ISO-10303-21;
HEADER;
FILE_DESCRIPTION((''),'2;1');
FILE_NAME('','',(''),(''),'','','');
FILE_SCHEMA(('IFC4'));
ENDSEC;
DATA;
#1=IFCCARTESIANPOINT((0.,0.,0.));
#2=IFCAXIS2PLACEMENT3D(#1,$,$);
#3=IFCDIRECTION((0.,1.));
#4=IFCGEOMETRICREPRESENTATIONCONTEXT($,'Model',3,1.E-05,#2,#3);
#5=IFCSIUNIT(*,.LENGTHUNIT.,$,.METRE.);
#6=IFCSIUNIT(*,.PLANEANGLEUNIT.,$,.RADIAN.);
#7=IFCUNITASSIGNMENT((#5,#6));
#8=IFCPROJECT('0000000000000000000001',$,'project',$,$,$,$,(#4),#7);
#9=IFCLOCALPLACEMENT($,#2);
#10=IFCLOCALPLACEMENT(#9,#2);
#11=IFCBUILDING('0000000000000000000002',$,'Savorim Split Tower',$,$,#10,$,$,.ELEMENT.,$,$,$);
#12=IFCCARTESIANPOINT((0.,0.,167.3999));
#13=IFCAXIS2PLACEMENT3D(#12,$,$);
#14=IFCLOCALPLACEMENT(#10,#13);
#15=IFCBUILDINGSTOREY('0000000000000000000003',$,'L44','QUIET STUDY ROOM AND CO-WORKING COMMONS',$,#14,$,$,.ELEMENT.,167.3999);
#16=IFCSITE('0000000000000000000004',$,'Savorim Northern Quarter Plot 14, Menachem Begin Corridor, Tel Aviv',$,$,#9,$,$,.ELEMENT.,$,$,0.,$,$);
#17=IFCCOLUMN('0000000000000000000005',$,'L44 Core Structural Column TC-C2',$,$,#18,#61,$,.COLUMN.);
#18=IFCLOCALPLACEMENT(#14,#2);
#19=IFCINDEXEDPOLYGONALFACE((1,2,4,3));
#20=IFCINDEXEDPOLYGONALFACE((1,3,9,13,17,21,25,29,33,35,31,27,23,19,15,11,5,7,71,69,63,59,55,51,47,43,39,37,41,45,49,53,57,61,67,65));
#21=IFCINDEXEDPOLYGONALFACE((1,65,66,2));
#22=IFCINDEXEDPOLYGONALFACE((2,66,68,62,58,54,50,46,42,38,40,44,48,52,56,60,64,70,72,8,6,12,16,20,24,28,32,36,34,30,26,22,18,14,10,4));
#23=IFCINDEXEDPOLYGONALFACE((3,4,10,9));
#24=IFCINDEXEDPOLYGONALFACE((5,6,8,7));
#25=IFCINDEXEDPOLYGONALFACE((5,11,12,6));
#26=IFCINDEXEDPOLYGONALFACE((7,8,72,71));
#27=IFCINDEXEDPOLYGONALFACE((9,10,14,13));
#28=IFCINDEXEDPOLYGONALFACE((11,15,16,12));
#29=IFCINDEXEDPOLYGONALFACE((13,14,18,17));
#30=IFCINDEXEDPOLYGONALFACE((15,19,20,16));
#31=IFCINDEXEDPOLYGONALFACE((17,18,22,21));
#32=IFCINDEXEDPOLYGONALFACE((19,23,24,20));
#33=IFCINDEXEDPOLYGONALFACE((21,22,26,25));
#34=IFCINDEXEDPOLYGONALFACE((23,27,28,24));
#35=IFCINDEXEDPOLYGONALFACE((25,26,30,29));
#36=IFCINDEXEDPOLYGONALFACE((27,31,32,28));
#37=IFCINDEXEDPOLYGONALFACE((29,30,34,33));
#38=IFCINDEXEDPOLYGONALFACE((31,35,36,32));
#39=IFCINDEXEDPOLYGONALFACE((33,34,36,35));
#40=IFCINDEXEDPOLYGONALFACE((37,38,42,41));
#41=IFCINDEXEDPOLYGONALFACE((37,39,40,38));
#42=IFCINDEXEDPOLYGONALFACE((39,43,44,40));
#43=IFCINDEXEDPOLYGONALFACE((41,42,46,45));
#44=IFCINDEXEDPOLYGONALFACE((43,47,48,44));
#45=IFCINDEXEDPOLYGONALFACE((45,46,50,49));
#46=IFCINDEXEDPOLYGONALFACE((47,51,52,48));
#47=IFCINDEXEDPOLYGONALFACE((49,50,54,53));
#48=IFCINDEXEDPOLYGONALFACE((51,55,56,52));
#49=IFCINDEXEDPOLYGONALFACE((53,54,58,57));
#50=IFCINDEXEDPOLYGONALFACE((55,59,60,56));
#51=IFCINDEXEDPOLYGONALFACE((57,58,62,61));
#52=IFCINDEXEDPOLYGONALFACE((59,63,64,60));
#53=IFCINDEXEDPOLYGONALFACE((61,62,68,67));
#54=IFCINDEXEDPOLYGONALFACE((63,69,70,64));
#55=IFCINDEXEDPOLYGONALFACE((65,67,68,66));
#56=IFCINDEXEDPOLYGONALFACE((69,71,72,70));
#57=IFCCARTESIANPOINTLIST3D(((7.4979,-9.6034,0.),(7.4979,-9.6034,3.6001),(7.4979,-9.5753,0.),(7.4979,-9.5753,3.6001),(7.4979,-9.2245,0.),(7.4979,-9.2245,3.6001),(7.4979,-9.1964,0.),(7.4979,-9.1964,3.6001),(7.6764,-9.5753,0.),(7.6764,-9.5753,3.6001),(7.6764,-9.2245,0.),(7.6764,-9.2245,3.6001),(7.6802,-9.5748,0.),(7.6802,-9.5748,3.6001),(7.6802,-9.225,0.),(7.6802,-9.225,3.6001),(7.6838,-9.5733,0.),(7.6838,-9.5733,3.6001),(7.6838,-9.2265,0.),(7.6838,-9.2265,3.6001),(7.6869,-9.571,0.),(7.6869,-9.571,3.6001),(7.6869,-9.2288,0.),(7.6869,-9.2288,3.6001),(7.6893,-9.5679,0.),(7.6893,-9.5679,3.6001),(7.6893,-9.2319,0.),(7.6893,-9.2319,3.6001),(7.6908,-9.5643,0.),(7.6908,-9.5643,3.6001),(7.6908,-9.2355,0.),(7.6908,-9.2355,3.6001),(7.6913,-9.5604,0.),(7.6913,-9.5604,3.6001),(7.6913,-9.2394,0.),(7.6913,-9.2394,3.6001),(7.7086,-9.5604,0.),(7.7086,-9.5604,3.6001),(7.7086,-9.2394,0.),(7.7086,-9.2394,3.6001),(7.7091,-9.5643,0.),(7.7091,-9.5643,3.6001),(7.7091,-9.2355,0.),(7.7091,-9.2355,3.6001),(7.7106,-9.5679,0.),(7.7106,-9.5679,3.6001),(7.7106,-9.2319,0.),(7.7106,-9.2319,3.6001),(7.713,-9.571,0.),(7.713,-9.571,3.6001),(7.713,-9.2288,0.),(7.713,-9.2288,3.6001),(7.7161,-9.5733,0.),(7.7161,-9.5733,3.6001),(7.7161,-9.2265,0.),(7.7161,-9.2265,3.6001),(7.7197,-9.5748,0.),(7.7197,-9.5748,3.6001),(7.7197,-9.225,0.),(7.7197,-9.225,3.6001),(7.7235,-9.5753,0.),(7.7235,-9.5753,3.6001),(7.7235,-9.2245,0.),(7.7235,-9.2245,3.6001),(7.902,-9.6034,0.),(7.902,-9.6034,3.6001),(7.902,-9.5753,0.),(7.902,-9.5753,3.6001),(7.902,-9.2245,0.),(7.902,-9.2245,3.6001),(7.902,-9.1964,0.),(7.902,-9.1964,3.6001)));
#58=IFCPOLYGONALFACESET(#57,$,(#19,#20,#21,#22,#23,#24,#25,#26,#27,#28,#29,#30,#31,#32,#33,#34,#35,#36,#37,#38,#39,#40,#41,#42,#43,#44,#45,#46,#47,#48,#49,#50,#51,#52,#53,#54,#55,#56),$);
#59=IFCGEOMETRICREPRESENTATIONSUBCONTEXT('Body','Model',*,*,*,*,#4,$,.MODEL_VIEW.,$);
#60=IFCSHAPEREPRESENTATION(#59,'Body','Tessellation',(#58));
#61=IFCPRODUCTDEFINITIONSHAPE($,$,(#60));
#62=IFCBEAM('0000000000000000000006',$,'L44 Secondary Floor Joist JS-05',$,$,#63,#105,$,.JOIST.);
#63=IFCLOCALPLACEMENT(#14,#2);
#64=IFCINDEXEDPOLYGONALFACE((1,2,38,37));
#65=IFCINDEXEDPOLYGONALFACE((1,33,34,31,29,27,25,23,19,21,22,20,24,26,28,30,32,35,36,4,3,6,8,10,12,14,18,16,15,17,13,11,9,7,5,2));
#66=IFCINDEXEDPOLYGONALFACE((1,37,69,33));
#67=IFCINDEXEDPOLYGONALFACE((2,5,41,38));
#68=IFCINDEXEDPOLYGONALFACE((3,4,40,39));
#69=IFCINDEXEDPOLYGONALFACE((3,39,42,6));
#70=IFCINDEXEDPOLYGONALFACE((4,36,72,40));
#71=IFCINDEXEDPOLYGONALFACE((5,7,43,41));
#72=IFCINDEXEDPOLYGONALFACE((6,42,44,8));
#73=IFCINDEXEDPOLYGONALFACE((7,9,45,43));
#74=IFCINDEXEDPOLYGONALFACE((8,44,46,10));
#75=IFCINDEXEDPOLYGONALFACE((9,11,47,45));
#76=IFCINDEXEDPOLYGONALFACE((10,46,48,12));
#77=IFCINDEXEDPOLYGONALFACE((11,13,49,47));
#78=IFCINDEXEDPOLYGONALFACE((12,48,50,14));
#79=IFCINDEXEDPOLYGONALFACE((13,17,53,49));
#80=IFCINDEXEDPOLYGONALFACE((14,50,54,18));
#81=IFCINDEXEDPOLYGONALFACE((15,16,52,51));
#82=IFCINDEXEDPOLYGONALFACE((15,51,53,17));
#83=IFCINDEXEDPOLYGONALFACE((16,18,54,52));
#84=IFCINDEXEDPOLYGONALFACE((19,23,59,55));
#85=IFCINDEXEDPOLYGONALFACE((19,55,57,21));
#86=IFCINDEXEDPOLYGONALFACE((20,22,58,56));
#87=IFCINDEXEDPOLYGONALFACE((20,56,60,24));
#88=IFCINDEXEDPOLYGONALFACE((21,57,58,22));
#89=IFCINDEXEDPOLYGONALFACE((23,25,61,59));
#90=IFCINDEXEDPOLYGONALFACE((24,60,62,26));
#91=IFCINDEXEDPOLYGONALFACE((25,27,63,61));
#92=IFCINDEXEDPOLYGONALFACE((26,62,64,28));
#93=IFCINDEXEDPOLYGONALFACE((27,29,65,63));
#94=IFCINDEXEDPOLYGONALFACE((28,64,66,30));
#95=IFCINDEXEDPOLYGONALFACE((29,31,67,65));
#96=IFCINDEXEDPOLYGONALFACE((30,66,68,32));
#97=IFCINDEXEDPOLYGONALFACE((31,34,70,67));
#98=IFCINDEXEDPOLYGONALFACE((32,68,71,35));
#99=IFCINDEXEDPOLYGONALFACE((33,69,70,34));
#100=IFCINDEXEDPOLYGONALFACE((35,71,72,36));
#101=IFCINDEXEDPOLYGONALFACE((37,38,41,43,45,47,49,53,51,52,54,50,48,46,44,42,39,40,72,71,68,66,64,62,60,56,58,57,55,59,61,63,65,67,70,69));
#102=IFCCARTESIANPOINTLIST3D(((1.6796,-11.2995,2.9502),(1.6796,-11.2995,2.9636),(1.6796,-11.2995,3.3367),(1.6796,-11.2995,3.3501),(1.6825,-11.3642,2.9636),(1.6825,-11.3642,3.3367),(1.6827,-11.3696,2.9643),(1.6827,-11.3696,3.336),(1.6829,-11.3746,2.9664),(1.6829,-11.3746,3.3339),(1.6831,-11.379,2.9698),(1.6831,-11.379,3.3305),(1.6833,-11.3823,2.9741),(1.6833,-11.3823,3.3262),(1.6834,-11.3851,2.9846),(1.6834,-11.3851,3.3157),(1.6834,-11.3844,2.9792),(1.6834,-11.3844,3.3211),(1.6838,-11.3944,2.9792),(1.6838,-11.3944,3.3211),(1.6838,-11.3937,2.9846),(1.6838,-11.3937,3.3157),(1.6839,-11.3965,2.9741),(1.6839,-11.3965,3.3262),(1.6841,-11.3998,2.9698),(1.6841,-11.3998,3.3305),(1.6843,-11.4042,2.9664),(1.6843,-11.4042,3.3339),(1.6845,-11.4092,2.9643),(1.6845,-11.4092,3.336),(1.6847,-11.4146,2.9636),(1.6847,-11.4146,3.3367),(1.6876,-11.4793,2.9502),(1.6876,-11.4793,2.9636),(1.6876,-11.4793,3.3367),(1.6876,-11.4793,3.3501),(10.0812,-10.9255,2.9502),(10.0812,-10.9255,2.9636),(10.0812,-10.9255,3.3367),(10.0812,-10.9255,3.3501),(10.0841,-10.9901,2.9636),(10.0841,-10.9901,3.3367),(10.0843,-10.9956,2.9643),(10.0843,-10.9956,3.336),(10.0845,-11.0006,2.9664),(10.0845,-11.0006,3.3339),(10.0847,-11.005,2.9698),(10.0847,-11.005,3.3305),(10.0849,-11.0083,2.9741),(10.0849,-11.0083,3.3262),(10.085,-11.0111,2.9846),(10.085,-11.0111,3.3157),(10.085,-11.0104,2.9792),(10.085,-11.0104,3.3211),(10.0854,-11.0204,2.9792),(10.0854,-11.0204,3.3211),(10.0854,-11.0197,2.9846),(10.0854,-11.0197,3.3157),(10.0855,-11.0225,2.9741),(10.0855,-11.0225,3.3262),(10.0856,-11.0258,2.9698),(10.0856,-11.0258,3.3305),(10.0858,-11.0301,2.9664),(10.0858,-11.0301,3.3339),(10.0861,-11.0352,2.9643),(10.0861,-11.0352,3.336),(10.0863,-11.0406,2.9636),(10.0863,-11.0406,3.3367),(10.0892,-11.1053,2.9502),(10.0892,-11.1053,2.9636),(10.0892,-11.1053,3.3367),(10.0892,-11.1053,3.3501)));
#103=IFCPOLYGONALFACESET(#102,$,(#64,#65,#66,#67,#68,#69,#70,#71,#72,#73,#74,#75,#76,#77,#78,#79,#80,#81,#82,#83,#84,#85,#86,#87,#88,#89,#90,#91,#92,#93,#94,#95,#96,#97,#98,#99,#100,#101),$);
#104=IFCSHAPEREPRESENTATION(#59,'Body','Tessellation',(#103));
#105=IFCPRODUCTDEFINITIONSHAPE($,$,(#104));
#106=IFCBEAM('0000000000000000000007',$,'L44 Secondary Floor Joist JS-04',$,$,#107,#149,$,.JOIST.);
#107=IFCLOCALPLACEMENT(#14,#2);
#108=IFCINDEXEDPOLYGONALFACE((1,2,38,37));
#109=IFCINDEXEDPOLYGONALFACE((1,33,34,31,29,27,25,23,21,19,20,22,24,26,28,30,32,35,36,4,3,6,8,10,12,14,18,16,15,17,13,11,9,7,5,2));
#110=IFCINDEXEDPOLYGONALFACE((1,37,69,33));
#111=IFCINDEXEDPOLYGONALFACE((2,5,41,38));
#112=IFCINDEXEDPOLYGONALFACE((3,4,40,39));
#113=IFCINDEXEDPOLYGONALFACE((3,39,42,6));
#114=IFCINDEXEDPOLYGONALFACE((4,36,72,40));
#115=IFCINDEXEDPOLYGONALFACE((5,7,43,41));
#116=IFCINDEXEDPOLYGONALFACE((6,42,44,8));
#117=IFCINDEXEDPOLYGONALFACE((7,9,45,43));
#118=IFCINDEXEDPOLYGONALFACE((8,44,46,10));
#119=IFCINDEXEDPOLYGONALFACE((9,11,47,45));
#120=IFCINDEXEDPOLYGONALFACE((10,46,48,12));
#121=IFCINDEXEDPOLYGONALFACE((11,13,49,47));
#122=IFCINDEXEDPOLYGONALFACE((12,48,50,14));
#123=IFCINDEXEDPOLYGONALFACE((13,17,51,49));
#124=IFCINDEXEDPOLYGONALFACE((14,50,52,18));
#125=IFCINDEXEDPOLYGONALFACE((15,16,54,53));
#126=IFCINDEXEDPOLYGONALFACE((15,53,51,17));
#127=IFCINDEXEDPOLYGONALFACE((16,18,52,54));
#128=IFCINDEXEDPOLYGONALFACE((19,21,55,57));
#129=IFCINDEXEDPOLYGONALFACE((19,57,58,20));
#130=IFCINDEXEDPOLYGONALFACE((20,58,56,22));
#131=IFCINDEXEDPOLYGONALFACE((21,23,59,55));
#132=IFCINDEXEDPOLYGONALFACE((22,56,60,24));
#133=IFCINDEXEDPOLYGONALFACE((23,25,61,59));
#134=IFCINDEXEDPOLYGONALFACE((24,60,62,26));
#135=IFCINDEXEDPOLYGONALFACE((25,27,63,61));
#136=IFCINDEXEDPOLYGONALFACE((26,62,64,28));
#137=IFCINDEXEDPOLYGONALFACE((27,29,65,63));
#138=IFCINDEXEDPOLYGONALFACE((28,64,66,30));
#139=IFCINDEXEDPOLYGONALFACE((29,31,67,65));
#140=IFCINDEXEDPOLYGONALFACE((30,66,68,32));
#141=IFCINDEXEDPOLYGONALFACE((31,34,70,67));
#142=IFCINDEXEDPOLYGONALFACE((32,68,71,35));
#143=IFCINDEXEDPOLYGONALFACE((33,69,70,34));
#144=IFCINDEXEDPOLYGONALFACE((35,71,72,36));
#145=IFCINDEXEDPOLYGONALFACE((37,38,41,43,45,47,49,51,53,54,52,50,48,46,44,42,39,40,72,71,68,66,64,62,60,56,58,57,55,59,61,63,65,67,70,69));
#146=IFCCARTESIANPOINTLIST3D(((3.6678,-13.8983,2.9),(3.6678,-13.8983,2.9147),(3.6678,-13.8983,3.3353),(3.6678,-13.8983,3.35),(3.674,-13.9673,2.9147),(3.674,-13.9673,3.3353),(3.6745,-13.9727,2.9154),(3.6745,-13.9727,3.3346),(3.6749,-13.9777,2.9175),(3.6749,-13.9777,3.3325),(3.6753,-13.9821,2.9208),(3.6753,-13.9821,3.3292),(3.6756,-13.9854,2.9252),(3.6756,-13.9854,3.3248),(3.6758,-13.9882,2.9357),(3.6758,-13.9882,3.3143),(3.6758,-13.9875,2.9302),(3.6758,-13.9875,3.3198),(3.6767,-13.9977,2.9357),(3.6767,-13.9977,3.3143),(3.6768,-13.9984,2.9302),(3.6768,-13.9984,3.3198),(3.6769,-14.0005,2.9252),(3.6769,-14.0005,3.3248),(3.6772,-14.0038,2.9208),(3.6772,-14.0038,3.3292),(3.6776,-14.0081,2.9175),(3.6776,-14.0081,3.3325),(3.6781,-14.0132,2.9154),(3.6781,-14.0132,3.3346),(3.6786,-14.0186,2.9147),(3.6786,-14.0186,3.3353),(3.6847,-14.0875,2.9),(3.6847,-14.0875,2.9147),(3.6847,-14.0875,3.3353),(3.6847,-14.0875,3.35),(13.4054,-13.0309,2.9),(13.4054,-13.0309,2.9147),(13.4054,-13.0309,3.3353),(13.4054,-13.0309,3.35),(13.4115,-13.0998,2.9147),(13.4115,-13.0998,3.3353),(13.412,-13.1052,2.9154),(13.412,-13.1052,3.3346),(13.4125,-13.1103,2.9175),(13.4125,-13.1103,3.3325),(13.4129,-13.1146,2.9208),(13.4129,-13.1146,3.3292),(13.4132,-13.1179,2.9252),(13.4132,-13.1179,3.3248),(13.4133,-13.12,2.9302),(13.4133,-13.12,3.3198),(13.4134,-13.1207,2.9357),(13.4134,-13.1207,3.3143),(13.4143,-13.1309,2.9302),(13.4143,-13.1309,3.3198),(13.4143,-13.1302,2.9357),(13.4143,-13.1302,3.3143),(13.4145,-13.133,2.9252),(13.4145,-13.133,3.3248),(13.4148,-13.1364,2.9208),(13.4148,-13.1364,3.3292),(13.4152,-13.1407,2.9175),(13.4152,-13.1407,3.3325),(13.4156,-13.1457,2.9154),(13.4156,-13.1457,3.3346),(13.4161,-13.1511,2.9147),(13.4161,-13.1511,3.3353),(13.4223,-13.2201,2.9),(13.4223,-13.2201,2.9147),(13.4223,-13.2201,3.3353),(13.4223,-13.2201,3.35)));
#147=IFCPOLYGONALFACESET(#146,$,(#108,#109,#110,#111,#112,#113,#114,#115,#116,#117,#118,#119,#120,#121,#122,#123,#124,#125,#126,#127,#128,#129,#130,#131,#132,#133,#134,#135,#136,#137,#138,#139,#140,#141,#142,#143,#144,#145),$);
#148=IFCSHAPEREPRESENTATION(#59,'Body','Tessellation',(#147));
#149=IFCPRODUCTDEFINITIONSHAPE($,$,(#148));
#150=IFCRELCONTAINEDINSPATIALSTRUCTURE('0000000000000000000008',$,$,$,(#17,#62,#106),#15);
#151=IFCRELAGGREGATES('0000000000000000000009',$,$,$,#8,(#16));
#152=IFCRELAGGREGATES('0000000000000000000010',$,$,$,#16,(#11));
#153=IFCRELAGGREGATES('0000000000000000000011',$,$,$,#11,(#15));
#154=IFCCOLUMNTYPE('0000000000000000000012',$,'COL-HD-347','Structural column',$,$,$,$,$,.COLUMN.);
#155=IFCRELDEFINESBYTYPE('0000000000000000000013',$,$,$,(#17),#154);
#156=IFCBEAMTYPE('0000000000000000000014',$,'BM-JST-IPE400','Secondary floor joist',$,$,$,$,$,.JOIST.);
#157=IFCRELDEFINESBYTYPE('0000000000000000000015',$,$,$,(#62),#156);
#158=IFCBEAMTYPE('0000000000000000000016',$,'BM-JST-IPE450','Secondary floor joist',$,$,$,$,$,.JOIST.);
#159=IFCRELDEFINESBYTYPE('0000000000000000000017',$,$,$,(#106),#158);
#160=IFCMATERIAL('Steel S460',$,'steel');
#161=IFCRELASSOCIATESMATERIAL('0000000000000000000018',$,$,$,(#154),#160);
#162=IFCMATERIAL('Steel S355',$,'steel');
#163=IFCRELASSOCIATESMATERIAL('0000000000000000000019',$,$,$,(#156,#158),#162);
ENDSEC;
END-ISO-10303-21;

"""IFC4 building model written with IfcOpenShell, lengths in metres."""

from ifc_helpers import new_model, si_unit, direction, frame, origin, origin_2d, place, context, subcontext, project, spatial, i_section, extrude, material, material_profile, profile_set, type_object, element, save


model = new_model("IFC4")

# Units and contexts
model_context = context("Model", 3, precision=1e-05, world=origin(), true_north=direction((0.0, 1.0)))
body_context = subcontext(model_context, "Body", "Model", "MODEL_VIEW")
ifc_project = project(units=[si_unit("LENGTHUNIT", "METRE"), si_unit("PLANEANGLEUNIT", "RADIAN")], contexts=[model_context])

# Site, building, storey
site_placement = place(None, origin())
site = spatial("IfcSite", under=ifc_project, at=site_placement, Name="Savorim Northern Quarter Plot 14, Menachem Begin Corridor, Tel Aviv", CompositionType="ELEMENT", RefElevation=0.0)
building_placement = place(site_placement, origin())
building = spatial("IfcBuilding", under=site, at=building_placement, Name="Savorim Split Tower", CompositionType="ELEMENT")
storey_placement = place(building_placement, frame((0.0, 0.0, 167.3999)))
storey = spatial("IfcBuildingStorey", under=building, at=storey_placement, Name="L44", Description="QUIET STUDY ROOM AND CO-WORKING COMMONS", CompositionType="ELEMENT", Elevation=167.3999)

# Column
ifc_material_1 = material(Name="Steel S460", Category="steel")
ifc_material_profile_1 = material_profile(ifc_material_1, i_section(OverallWidth=0.4041, OverallDepth=0.407, WebThickness=0.0173, FlangeThickness=0.0281, FilletRadius=0.0149, at=origin_2d()), Name="HD 400x347")
ifc_profile_set_1 = profile_set([ifc_material_profile_1], Name="Steel S460")
column_type = type_object("IfcColumnType", Name="COL-HD-347", Description="Structural column", PredefinedType="COLUMN", material=ifc_profile_set_1)
column_placement = place(storey_placement, frame((7.7, -9.3999, 0.0), z_axis=(0.0, 0.0, 1.0), x_axis=(1.0, 0.0, 0.0)))
element("IfcColumn", 1, at=column_placement, inside=storey, type_object=column_type, Name="L44 Core Structural Column TC-C2", PredefinedType="COLUMN", context=body_context, shape_type="SweptSolid", body=[
    extrude(i_section(OverallWidth=0.4041, OverallDepth=0.407, WebThickness=0.0173, FlangeThickness=0.0281, FilletRadius=0.0149, at=origin_2d()), origin(), (0.0, 0.0, 1.0), 3.6001),
])

# Beams
ifc_material_2 = material(Name="Steel S355", Category="steel")
ifc_material_profile_2 = material_profile(ifc_material_2, i_section(OverallWidth=0.1799, OverallDepth=0.3999, WebThickness=0.0085, FlangeThickness=0.0134, FilletRadius=0.021, at=origin_2d()), Name="IPE 400")
ifc_profile_set_2 = profile_set([ifc_material_profile_2], Name="Steel S355")
beam_type_1 = type_object("IfcBeamType", Name="BM-JST-IPE400", Description="Secondary floor joist", PredefinedType="JOIST", material=ifc_profile_set_2)
beam_1_placement = place(storey_placement, frame((1.6836, -11.3894, 3.1501), z_axis=(0.999011, 0.044474, 0.0), x_axis=(-0.044474, 0.999011, 0.0)))
element("IfcBeam", 2, at=beam_1_placement, inside=storey, type_object=beam_type_1, Name="L44 Secondary Floor Joist JS-05", PredefinedType="JOIST", context=body_context, shape_type="SweptSolid", body=[
    extrude(i_section(OverallWidth=0.1799, OverallDepth=0.3999, WebThickness=0.0085, FlangeThickness=0.0134, FilletRadius=0.021, at=origin_2d()), origin(), (0.0, 0.0, 1.0), 8.4099),
])
ifc_material_profile_3 = material_profile(ifc_material_2, i_section(OverallWidth=0.1899, OverallDepth=0.45, WebThickness=0.0095, FlangeThickness=0.0146, FilletRadius=0.021, at=origin_2d()), Name="IPE 450")
ifc_profile_set_3 = profile_set([ifc_material_profile_3], Name="Steel S355")
beam_type_2 = type_object("IfcBeamType", Name="BM-JST-IPE450", Description="Secondary floor joist", PredefinedType="JOIST", material=ifc_profile_set_3)
beam_2_placement = place(storey_placement, frame((3.6763, -13.9929, 3.125), z_axis=(0.996056, 0.08873, 0.0), x_axis=(-0.08873, 0.996056, 0.0)))
element("IfcBeam", 3, at=beam_2_placement, inside=storey, type_object=beam_type_2, Name="L44 Secondary Floor Joist JS-04", PredefinedType="JOIST", context=body_context, shape_type="SweptSolid", body=[
    extrude(i_section(OverallWidth=0.1899, OverallDepth=0.45, WebThickness=0.0095, FlangeThickness=0.0146, FilletRadius=0.021, at=origin_2d()), origin(), (0.0, 0.0, 1.0), 9.7761),
])

save(model, "model.ifc")
